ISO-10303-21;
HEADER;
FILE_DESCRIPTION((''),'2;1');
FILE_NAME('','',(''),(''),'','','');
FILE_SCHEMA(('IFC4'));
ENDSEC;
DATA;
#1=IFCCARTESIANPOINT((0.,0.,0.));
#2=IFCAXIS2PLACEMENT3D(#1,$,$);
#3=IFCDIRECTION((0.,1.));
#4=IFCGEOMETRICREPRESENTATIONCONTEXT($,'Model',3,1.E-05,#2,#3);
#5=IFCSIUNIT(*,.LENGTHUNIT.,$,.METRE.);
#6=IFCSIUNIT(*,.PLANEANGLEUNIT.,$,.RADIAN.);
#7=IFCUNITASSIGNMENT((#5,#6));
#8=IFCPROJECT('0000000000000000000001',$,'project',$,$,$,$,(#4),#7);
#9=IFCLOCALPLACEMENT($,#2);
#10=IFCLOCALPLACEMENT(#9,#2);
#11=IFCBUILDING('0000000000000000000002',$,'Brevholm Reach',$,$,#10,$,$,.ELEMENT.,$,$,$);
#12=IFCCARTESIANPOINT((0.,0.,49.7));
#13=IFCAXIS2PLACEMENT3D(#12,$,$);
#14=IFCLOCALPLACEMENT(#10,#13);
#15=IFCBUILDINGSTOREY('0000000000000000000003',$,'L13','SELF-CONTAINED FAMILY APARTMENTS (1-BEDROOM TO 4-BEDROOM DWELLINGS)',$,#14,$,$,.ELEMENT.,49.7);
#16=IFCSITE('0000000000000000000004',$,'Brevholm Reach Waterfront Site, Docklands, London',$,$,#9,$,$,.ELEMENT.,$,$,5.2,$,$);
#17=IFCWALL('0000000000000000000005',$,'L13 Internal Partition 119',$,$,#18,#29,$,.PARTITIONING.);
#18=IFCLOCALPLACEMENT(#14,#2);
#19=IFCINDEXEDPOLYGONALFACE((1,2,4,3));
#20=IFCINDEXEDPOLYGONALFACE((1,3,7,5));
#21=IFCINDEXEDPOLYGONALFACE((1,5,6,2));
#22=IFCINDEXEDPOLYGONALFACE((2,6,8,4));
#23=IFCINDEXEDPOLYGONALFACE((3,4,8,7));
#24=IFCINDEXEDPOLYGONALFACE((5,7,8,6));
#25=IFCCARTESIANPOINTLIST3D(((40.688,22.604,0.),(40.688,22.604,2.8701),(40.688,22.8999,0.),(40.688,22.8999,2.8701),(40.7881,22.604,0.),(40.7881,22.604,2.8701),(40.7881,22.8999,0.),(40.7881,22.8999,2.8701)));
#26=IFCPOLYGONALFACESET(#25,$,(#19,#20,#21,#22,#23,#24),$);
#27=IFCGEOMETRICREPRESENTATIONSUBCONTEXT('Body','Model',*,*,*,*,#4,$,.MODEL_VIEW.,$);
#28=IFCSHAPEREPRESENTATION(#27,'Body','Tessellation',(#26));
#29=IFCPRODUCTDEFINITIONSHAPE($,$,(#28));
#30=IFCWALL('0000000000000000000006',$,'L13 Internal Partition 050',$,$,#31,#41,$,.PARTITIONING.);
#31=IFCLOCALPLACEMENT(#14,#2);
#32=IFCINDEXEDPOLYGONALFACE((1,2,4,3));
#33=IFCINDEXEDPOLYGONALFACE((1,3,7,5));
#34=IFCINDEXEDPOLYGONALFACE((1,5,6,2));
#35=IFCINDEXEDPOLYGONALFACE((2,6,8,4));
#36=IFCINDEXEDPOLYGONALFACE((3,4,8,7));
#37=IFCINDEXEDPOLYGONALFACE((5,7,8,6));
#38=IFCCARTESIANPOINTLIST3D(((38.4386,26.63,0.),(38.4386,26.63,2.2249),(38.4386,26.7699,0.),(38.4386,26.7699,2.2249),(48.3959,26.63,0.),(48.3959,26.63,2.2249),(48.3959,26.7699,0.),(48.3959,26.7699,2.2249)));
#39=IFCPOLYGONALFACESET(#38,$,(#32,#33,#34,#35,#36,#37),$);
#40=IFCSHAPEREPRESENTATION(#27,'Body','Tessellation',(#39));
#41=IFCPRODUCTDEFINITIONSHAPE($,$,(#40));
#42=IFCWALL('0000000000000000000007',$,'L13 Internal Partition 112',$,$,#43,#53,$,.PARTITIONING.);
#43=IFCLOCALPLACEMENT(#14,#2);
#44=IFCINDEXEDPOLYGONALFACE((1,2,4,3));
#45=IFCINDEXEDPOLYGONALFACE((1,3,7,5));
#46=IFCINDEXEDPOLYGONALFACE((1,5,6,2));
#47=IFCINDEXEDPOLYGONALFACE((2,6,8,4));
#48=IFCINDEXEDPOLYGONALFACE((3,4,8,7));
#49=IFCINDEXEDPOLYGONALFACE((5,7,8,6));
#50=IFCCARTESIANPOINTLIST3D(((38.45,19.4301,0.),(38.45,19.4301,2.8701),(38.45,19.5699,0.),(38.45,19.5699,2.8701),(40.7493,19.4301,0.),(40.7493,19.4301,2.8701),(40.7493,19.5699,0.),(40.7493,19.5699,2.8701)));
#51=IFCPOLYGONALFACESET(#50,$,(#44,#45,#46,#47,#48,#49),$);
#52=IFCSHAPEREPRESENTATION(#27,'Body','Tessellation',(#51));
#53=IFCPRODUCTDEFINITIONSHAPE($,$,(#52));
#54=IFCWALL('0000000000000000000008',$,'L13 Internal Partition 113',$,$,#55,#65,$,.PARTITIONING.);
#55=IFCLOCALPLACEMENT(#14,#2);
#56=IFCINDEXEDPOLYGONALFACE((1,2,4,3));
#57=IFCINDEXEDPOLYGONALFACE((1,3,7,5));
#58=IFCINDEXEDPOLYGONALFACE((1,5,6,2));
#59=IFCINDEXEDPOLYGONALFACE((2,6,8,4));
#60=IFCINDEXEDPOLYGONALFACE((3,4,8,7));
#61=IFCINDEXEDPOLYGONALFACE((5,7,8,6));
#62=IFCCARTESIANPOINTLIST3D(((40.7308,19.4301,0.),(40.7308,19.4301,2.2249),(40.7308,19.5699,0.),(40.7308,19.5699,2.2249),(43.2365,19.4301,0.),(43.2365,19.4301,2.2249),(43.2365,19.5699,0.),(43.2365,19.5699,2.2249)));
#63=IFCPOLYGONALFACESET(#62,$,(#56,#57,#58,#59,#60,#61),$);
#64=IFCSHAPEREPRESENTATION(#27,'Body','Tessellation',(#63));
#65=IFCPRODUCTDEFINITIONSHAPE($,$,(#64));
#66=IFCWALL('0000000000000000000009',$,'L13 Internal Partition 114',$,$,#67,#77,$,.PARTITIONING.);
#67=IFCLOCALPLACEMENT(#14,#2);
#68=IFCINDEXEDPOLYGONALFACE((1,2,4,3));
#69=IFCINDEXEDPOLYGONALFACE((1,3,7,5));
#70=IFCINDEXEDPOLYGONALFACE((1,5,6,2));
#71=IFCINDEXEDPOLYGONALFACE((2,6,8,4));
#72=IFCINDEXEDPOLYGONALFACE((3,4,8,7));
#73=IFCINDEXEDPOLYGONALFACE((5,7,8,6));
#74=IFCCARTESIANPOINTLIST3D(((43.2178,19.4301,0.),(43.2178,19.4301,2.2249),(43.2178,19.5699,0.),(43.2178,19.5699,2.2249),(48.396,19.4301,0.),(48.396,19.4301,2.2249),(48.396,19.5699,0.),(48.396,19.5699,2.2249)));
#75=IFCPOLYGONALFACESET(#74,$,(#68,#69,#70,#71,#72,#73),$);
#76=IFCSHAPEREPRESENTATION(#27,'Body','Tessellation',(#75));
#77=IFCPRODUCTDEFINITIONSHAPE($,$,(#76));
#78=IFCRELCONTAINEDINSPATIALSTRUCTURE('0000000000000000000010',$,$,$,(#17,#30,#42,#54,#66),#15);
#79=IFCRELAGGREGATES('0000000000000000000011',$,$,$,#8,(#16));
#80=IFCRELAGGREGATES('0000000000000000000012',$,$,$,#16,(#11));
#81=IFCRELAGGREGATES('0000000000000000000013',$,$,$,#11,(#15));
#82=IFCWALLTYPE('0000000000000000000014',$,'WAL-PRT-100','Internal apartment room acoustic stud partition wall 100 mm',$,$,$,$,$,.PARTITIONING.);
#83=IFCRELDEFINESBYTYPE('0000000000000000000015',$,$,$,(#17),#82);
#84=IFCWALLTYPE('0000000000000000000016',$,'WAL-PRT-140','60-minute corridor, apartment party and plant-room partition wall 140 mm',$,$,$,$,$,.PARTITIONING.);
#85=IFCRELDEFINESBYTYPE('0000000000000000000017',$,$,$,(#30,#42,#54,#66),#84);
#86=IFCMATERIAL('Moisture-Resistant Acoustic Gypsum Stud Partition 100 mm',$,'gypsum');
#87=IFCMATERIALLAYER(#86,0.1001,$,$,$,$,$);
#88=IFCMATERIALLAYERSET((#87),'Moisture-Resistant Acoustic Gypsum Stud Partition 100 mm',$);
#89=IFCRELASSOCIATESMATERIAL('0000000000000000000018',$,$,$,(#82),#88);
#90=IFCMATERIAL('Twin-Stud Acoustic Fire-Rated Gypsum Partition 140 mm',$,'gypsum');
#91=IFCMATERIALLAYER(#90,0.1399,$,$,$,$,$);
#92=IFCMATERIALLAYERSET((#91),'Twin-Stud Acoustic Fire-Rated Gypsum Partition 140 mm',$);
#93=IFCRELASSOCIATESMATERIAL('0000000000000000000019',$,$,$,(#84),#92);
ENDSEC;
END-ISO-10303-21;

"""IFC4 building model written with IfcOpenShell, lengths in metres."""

from ifc_helpers import new_model, si_unit, direction, frame, frame_2d, origin, place, context, subcontext, project, spatial, rectangle, extrude, material, layer, layer_set, type_object, element, save


model = new_model("IFC4")

# Units and contexts
model_context = context("Model", 3, precision=1e-05, world=origin(), true_north=direction((0.0, 1.0)))
body_context = subcontext(model_context, "Body", "Model", "MODEL_VIEW")
ifc_project = project(units=[si_unit("LENGTHUNIT", "METRE"), si_unit("PLANEANGLEUNIT", "RADIAN")], contexts=[model_context])

# Site, building, storey
site_placement = place(None, origin())
site = spatial("IfcSite", under=ifc_project, at=site_placement, Name="Brevholm Reach Waterfront Site, Docklands, London", CompositionType="ELEMENT", RefElevation=5.2)
building_placement = place(site_placement, origin())
building = spatial("IfcBuilding", under=site, at=building_placement, Name="Brevholm Reach", CompositionType="ELEMENT")
storey_placement = place(building_placement, frame((0.0, 0.0, 49.7)))
storey = spatial("IfcBuildingStorey", under=building, at=storey_placement, Name="L13", Description="SELF-CONTAINED FAMILY APARTMENTS (1-BEDROOM TO 4-BEDROOM DWELLINGS)", CompositionType="ELEMENT", Elevation=49.7)

# Shared definitions
ifc_material_1 = material(Name="Moisture-Resistant Acoustic Gypsum Stud Partition 100 mm", Category="gypsum")
ifc_layer_1 = layer(ifc_material_1, 0.1001)
ifc_layer_set_1 = layer_set([ifc_layer_1], Name="Moisture-Resistant Acoustic Gypsum Stud Partition 100 mm")
wall_type_1 = type_object("IfcWallType", Name="WAL-PRT-100", Description="Internal apartment room acoustic stud partition wall 100 mm", PredefinedType="PARTITIONING", material=ifc_layer_set_1)

# Walls
wall_1_placement = place(storey_placement, frame((40.738, 22.604, 0.0), z_axis=(0.0, 0.0, 1.0), x_axis=(0.0, 1.0, 0.0)))
element("IfcWall", 1, at=wall_1_placement, inside=storey, type_object=wall_type_1, Name="L13 Internal Partition 119", PredefinedType="PARTITIONING", context=body_context, shape_type="SweptSolid", body=[
    extrude(rectangle(XDim=0.2959, YDim=0.1001, at=frame_2d((0.1479, 0.0))), origin(), (0.0, 0.0, 1.0), 2.8701),
])
ifc_material_2 = material(Name="Twin-Stud Acoustic Fire-Rated Gypsum Partition 140 mm", Category="gypsum")
ifc_layer_2 = layer(ifc_material_2, 0.1399)
ifc_layer_set_2 = layer_set([ifc_layer_2], Name="Twin-Stud Acoustic Fire-Rated Gypsum Partition 140 mm")
wall_type_2 = type_object("IfcWallType", Name="WAL-PRT-140", Description="60-minute corridor, apartment party and plant-room partition wall 140 mm", PredefinedType="PARTITIONING", material=ifc_layer_set_2)
wall_2_placement = place(storey_placement, frame((38.4387, 26.7, 0.0), z_axis=(0.0, 0.0, 1.0), x_axis=(1.0, 0.0, 0.0)))
element("IfcWall", 2, at=wall_2_placement, inside=storey, type_object=wall_type_2, Name="L13 Internal Partition 050", PredefinedType="PARTITIONING", context=body_context, shape_type="SweptSolid", body=[
    extrude(rectangle(XDim=9.9573, YDim=0.1399, at=frame_2d((4.9785, 0.0))), origin(), (0.0, 0.0, 1.0), 2.2249),
])
wall_3_placement = place(storey_placement, frame((38.45, 19.5, 0.0), z_axis=(0.0, 0.0, 1.0), x_axis=(1.0, 0.0, 0.0)))
element("IfcWall", 3, at=wall_3_placement, inside=storey, type_object=wall_type_2, Name="L13 Internal Partition 112", PredefinedType="PARTITIONING", context=body_context, shape_type="SweptSolid", body=[
    extrude(rectangle(XDim=2.2993, YDim=0.1399, at=frame_2d((1.1497, 0.0))), origin(), (0.0, 0.0, 1.0), 2.8701),
])
wall_4_placement = place(storey_placement, frame((40.7307, 19.5, 0.0), z_axis=(0.0, 0.0, 1.0), x_axis=(1.0, 0.0, 0.0)))
element("IfcWall", 4, at=wall_4_placement, inside=storey, type_object=wall_type_2, Name="L13 Internal Partition 113", PredefinedType="PARTITIONING", context=body_context, shape_type="SweptSolid", body=[
    extrude(rectangle(XDim=2.5056, YDim=0.1399, at=frame_2d((1.2529, 0.0))), origin(), (0.0, 0.0, 1.0), 2.2249),
])
wall_5_placement = place(storey_placement, frame((43.2178, 19.5, 0.0), z_axis=(0.0, 0.0, 1.0), x_axis=(1.0, 0.0, 0.0)))
element("IfcWall", 5, at=wall_5_placement, inside=storey, type_object=wall_type_2, Name="L13 Internal Partition 114", PredefinedType="PARTITIONING", context=body_context, shape_type="SweptSolid", body=[
    extrude(rectangle(XDim=5.1782, YDim=0.1399, at=frame_2d((2.5891, 0.0))), origin(), (0.0, 0.0, 1.0), 2.2249),
])

save(model, "model.ifc")
